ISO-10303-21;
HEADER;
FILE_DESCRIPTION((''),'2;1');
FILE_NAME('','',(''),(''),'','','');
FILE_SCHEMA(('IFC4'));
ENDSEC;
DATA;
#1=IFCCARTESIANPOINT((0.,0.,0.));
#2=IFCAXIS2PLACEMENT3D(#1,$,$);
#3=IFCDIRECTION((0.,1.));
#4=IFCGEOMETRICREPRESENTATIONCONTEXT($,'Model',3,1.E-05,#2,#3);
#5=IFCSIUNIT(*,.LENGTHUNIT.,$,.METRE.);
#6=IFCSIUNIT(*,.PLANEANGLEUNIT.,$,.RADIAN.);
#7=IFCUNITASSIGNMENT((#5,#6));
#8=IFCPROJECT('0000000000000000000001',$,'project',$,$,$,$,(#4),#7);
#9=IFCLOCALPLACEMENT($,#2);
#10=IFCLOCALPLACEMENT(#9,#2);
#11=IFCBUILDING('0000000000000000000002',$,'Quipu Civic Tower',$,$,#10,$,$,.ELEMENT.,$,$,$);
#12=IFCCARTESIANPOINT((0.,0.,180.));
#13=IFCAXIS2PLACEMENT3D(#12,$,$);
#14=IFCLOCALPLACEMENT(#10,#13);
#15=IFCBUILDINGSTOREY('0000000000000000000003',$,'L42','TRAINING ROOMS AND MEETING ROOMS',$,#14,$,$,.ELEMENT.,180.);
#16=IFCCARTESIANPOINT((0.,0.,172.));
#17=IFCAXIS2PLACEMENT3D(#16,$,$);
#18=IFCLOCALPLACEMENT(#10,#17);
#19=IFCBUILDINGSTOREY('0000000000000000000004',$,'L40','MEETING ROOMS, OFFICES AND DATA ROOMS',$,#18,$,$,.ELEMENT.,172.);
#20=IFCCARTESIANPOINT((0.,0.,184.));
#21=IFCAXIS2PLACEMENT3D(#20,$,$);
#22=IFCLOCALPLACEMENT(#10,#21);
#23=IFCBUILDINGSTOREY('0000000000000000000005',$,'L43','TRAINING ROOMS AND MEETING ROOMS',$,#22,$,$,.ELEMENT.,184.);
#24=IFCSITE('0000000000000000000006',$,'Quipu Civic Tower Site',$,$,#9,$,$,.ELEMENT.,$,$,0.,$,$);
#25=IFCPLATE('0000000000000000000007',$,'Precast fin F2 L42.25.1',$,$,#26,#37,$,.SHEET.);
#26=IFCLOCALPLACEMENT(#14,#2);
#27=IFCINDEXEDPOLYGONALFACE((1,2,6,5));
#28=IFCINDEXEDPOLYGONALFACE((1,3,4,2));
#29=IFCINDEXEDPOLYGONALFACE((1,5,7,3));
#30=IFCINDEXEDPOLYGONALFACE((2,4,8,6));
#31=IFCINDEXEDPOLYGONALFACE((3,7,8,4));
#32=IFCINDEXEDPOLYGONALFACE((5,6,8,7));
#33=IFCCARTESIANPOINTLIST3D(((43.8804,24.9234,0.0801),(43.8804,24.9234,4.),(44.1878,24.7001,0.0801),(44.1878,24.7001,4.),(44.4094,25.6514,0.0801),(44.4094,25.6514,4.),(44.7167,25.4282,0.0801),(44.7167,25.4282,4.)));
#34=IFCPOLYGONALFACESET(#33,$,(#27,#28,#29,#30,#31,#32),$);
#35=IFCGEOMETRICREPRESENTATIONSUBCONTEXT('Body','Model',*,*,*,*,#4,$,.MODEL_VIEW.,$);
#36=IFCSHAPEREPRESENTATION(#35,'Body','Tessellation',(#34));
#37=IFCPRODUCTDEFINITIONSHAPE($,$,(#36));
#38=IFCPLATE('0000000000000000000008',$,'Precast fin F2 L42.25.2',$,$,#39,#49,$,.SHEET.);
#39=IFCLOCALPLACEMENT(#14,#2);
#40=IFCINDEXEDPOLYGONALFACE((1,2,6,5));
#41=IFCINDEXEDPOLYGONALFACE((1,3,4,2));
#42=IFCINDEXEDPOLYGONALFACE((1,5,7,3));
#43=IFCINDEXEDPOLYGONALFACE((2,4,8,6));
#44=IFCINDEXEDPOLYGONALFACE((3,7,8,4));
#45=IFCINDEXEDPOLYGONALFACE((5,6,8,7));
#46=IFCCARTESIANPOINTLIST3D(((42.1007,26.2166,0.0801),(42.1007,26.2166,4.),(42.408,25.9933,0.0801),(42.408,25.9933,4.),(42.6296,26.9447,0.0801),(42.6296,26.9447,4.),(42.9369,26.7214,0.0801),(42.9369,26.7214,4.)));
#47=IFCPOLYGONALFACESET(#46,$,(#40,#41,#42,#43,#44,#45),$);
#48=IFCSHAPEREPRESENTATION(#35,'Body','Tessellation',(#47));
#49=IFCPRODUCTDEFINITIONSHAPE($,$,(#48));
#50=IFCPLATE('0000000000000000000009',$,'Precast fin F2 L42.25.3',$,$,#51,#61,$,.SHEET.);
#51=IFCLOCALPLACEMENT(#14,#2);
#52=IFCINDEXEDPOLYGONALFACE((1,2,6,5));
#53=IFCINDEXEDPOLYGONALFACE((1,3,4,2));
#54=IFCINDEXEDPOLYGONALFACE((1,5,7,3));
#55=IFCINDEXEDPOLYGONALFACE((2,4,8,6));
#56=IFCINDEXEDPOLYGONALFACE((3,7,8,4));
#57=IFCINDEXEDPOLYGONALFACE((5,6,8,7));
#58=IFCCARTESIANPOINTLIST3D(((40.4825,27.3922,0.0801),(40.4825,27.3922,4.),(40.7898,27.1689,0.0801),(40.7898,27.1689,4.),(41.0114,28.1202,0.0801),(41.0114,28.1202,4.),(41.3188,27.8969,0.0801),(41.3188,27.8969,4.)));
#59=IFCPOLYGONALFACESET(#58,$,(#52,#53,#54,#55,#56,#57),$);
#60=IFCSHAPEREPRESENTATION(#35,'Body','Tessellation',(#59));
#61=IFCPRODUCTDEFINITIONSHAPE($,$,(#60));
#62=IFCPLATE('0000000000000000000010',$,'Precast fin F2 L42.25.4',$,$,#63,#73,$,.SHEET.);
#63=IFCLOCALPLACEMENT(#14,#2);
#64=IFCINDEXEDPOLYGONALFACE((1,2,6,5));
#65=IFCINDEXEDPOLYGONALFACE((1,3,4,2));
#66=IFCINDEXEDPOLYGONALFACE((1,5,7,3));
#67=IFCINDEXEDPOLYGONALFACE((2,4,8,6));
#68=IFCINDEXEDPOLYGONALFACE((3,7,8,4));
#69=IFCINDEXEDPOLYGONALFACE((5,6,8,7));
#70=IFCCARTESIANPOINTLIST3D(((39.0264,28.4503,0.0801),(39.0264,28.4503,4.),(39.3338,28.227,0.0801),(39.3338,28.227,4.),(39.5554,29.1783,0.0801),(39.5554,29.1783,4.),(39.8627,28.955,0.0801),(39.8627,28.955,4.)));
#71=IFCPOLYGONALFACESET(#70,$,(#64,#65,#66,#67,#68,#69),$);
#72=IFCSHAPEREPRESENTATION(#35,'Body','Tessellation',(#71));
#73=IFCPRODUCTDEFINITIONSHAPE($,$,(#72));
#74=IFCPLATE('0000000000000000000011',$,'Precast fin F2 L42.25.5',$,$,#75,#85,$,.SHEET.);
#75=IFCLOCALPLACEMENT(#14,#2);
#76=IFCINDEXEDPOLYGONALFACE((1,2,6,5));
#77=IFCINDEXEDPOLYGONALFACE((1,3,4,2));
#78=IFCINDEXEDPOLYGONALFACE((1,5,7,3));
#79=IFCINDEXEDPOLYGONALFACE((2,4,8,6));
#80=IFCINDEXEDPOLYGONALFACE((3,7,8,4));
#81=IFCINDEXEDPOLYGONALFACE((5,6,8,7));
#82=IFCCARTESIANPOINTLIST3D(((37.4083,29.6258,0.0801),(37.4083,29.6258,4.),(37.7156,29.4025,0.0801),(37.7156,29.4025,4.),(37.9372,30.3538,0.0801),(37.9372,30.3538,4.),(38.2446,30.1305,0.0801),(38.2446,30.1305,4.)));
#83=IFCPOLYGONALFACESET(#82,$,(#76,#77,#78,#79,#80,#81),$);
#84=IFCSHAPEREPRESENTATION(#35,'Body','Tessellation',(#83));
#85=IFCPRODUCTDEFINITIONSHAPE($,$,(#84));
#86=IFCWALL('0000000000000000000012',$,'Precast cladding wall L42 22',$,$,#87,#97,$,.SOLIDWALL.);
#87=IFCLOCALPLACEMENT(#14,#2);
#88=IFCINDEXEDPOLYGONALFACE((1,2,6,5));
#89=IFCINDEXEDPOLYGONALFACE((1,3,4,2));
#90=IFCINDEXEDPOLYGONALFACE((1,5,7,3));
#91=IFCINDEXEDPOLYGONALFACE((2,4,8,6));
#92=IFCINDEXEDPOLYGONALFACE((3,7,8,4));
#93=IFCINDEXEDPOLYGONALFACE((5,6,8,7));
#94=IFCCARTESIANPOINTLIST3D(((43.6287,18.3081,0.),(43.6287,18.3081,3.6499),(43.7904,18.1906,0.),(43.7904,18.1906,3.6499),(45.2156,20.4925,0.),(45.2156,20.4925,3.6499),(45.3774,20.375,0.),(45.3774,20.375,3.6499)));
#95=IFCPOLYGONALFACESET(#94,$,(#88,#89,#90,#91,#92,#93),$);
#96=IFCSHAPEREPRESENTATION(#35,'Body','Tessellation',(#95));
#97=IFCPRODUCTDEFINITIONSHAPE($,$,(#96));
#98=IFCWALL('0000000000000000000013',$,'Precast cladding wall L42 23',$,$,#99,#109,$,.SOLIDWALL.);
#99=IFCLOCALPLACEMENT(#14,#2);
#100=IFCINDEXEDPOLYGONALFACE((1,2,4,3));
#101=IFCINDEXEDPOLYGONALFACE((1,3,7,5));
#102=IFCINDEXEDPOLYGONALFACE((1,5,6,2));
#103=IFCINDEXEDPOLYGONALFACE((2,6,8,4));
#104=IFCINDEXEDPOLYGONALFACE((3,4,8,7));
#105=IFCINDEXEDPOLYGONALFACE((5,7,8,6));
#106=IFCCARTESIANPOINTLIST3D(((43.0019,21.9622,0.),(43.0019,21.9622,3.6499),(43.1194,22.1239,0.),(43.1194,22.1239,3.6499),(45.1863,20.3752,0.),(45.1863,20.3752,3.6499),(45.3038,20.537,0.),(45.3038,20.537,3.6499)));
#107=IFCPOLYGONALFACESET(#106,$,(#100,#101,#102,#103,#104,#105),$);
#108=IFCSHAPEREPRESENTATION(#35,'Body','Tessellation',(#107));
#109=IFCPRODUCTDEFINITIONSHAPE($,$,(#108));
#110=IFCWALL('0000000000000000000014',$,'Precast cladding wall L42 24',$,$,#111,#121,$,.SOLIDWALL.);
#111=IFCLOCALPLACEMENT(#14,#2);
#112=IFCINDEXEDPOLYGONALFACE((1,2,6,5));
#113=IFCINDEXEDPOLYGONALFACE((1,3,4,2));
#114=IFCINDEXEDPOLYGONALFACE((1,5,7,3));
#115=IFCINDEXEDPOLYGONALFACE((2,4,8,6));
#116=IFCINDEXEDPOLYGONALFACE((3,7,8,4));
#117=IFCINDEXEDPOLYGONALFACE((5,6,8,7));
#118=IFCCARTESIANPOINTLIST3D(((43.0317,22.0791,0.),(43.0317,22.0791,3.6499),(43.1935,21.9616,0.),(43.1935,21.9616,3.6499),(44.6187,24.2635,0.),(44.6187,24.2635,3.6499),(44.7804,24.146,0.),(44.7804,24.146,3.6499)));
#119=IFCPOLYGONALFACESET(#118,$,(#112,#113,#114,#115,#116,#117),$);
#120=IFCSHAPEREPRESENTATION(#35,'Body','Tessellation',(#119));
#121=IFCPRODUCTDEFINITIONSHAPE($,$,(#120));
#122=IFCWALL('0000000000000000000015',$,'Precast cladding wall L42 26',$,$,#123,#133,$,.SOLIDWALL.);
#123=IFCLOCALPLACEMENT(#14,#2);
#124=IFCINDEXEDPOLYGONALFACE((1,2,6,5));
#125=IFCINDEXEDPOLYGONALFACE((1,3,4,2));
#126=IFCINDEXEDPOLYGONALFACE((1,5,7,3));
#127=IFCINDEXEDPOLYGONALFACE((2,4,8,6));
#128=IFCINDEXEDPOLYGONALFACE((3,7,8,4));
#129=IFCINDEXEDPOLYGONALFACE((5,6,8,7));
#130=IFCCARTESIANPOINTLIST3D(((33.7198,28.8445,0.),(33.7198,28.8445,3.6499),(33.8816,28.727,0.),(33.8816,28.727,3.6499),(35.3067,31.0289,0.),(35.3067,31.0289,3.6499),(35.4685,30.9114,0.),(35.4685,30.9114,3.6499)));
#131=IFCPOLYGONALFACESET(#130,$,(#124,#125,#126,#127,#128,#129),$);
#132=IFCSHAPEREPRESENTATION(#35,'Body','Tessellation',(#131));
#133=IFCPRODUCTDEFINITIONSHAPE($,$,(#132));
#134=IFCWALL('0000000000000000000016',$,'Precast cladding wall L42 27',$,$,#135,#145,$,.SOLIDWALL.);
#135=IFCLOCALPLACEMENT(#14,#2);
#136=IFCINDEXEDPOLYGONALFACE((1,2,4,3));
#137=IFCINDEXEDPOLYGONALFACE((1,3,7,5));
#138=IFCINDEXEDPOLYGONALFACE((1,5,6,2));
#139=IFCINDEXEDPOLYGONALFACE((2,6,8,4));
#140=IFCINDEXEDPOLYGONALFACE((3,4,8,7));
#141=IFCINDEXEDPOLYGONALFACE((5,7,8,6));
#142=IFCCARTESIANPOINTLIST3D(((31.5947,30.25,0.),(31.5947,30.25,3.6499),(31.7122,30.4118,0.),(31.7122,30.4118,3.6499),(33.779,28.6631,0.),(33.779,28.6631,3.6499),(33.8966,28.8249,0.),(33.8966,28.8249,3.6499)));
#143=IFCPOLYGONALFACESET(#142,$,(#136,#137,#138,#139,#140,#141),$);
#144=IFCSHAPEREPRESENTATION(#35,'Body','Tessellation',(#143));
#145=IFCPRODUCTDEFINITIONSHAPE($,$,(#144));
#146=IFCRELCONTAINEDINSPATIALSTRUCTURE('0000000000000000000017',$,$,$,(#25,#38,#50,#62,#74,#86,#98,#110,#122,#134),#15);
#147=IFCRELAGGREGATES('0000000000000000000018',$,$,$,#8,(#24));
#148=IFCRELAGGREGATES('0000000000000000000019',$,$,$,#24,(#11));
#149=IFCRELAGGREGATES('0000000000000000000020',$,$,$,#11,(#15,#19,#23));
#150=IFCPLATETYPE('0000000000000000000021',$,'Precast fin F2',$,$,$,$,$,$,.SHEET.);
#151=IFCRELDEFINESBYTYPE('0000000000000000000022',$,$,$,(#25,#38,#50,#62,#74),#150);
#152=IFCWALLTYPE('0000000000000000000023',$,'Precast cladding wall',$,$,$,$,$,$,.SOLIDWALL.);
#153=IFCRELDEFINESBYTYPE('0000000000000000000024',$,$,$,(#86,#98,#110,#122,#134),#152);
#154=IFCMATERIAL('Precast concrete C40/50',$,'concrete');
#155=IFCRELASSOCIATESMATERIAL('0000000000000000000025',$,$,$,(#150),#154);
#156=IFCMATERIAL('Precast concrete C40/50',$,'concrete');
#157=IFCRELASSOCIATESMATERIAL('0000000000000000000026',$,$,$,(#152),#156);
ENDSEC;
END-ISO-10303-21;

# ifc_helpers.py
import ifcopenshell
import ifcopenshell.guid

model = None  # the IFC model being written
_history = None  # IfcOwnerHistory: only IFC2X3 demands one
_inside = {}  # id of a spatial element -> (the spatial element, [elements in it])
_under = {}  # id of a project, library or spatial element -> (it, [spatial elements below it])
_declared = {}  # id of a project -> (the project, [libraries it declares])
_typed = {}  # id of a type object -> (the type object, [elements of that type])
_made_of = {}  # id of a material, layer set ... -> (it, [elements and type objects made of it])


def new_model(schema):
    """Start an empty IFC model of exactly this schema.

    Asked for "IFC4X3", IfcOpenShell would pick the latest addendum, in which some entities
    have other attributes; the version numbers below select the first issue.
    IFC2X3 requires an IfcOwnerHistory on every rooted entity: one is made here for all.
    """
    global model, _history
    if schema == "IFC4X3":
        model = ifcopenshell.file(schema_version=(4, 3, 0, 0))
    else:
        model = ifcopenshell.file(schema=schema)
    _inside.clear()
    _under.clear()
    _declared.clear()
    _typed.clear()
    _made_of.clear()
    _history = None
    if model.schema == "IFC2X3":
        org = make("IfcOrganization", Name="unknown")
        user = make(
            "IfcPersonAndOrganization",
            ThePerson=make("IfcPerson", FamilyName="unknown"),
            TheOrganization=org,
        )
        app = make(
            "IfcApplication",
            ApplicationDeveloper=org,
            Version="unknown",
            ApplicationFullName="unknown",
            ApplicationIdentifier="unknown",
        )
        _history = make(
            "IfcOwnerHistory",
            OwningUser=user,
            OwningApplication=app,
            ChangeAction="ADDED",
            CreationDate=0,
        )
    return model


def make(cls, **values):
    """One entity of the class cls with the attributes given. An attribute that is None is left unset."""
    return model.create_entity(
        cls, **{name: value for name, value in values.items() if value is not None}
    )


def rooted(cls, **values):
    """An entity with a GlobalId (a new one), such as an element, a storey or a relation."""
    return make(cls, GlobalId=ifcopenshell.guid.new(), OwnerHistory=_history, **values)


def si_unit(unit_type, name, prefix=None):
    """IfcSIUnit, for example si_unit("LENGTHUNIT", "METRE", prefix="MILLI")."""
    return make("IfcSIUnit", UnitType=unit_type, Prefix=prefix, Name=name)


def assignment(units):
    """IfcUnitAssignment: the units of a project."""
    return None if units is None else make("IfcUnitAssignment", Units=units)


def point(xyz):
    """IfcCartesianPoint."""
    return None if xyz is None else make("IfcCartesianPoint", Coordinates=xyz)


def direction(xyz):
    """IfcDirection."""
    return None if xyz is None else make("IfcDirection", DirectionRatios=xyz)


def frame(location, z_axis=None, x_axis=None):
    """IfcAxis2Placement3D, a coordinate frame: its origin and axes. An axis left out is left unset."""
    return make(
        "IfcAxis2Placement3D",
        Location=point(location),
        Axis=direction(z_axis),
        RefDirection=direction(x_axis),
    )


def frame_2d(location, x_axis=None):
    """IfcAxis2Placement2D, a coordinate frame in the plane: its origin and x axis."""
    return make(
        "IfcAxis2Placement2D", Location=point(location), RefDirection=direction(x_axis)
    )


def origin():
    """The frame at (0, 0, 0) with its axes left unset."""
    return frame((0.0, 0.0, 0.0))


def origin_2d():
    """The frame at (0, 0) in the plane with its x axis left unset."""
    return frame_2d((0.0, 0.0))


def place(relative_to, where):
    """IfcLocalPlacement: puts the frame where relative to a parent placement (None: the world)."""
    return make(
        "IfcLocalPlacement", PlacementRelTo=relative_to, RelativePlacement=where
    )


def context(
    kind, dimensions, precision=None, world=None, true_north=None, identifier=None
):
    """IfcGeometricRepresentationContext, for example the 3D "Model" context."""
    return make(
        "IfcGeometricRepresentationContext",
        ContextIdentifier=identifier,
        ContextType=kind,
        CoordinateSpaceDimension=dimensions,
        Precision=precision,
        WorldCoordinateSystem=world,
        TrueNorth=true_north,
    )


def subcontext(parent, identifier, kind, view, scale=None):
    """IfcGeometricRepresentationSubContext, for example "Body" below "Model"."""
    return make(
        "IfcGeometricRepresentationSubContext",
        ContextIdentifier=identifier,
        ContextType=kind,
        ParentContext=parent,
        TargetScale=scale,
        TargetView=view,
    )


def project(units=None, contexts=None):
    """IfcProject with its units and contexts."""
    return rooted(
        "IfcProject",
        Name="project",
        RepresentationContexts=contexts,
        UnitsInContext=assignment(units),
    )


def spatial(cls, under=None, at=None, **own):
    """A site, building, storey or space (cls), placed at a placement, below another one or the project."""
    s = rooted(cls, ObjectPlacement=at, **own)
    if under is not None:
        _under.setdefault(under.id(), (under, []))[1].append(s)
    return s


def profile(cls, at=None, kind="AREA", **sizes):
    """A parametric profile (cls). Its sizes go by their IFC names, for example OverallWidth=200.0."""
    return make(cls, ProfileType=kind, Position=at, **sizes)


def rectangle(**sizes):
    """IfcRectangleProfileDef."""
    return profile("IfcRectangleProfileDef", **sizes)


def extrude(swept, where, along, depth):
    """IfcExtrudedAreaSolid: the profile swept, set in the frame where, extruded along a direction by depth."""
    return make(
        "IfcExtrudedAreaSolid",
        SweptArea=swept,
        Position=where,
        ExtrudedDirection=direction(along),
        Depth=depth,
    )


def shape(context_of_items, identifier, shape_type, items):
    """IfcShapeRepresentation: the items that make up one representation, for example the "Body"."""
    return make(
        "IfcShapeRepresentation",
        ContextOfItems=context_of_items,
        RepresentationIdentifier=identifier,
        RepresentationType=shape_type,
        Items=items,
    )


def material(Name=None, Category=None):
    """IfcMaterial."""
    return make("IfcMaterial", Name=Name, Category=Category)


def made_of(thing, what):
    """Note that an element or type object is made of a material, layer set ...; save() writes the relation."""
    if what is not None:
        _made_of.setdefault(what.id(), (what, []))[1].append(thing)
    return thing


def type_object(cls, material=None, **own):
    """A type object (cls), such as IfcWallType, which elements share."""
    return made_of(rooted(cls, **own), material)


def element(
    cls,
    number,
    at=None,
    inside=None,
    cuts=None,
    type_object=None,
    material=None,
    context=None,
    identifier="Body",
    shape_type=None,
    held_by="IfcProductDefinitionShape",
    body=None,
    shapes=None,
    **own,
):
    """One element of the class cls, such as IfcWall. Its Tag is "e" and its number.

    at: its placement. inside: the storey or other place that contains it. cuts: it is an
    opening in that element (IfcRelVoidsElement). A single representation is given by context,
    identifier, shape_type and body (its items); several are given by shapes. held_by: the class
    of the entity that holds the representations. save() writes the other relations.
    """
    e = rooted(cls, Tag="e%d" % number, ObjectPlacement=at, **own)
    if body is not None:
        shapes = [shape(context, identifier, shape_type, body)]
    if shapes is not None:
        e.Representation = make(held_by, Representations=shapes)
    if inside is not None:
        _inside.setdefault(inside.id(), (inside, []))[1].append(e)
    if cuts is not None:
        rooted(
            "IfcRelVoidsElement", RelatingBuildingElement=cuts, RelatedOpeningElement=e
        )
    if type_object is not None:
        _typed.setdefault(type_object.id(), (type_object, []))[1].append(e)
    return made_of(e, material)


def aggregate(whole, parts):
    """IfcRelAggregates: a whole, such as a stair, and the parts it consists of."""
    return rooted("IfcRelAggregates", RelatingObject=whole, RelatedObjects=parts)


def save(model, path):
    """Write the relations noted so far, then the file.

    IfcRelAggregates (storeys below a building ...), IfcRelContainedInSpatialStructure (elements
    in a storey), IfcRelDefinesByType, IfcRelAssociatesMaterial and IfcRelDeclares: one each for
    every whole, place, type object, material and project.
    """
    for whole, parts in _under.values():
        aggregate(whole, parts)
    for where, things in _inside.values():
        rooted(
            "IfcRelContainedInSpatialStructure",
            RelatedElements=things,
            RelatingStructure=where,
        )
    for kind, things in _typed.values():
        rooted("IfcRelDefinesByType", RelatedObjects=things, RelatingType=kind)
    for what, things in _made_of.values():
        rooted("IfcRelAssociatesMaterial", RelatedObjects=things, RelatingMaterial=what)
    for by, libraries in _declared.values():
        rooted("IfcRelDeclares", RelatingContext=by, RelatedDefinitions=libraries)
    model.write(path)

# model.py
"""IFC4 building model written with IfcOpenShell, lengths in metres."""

from ifc_helpers import new_model, si_unit, direction, frame, frame_2d, origin, origin_2d, place, context, subcontext, project, spatial, rectangle, extrude, material, type_object, element, save


model = new_model("IFC4")

# Units and contexts
model_context = context("Model", 3, precision=1e-05, world=origin(), true_north=direction((0.0, 1.0)))
body_context = subcontext(model_context, "Body", "Model", "MODEL_VIEW")
ifc_project = project(units=[si_unit("LENGTHUNIT", "METRE"), si_unit("PLANEANGLEUNIT", "RADIAN")], contexts=[model_context])

# Site, building, storey
site_placement = place(None, origin())
site = spatial("IfcSite", under=ifc_project, at=site_placement, Name="Quipu Civic Tower Site", CompositionType="ELEMENT", RefElevation=0.0)
building_placement = place(site_placement, origin())
building = spatial("IfcBuilding", under=site, at=building_placement, Name="Quipu Civic Tower", CompositionType="ELEMENT")
storey_1_placement = place(building_placement, frame((0.0, 0.0, 180.0)))
storey_1 = spatial("IfcBuildingStorey", under=building, at=storey_1_placement, Name="L42", Description="TRAINING ROOMS AND MEETING ROOMS", CompositionType="ELEMENT", Elevation=180.0)

# Shared definitions
storey_2_placement = place(building_placement, frame((0.0, 0.0, 172.0)))
storey_2 = spatial("IfcBuildingStorey", under=building, at=storey_2_placement, Name="L40", Description="MEETING ROOMS, OFFICES AND DATA ROOMS", CompositionType="ELEMENT", Elevation=172.0)

# Shared definitions
storey_3_placement = place(building_placement, frame((0.0, 0.0, 184.0)))
storey_3 = spatial("IfcBuildingStorey", under=building, at=storey_3_placement, Name="L43", Description="TRAINING ROOMS AND MEETING ROOMS", CompositionType="ELEMENT", Elevation=184.0)

# Plates
ifc_material_1 = material(Name="Precast concrete C40/50", Category="concrete")
plate_type_1 = type_object("IfcPlateType", Name="Precast fin F2", PredefinedType="SHEET", material=ifc_material_1)
for number, where, z_axis, x_axis, name in (
    (1, (44.2986, 25.1758, 0.0801), (0.0, 0.0, 1.0), (-0.809017, 0.587785, 0.0), "Precast fin F2 L42.25.1"),
    (2, (42.5188, 26.469, 0.0801), (0.0, 0.0, 1.0), (-0.809017, 0.587785, 0.0), "Precast fin F2 L42.25.2"),
    (3, (40.9006, 27.6445, 0.0801), (0.0, 0.0, 1.0), (-0.809017, 0.587785, 0.0), "Precast fin F2 L42.25.3"),
    (4, (39.4446, 28.7026, 0.0801), (0.0, 0.0, 1.0), (-0.809017, 0.587785, 0.0), "Precast fin F2 L42.25.4"),
    (5, (37.8264, 29.8782, 0.0801), (0.0, 0.0, 1.0), (-0.809017, 0.587785, 0.0), "Precast fin F2 L42.25.5"),
):
    element("IfcPlate", number, at=place(storey_1_placement, frame(where, z_axis=z_axis, x_axis=x_axis)), inside=storey_1, type_object=plate_type_1, Name=name, PredefinedType="SHEET", context=body_context, shape_type="SweptSolid", body=[
        extrude(rectangle(XDim=0.3799, YDim=0.8999, at=origin_2d()), origin(), (0.0, 0.0, 1.0), 3.9199),
    ])

# Walls
ifc_material_2 = material(Name="Precast concrete C40/50", Category="concrete")
wall_type = type_object("IfcWallType", Name="Precast cladding wall", PredefinedType="SOLIDWALL", material=ifc_material_2)
for number, where, z_axis, x_axis, name in (
    (6, (43.7095, 18.2493, 0.0), (0.0, 0.0, 1.0), (0.587763, 0.809033, 0.0), "Precast cladding wall L42 22"),
    (7, (45.2451, 20.4561, 0.0), (0.0, 0.0, 1.0), (-0.809033, 0.587763, 0.0), "Precast cladding wall L42 23"),
    (8, (43.1125, 22.0203, 0.0), (0.0, 0.0, 1.0), (0.587763, 0.809033, 0.0), "Precast cladding wall L42 24"),
    (9, (35.3877, 30.9702, 0.0), (0.0, 0.0, 1.0), (-0.587763, -0.809033, 0.0), "Precast cladding wall L42 26"),
    (10, (33.8379, 28.7439, 0.0), (0.0, 0.0, 1.0), (-0.809033, 0.587763, 0.0), "Precast cladding wall L42 27"),
):
    element("IfcWall", number, at=place(storey_1_placement, frame(where, z_axis=z_axis, x_axis=x_axis)), inside=storey_1, type_object=wall_type, Name=name, PredefinedType="SOLIDWALL", context=body_context, shape_type="SweptSolid", body=[
        extrude(rectangle(XDim=2.7, YDim=0.2, at=frame_2d((1.3501, 0.0))), origin(), (0.0, 0.0, 1.0), 3.6499),
    ])

save(model, "model.ifc")
